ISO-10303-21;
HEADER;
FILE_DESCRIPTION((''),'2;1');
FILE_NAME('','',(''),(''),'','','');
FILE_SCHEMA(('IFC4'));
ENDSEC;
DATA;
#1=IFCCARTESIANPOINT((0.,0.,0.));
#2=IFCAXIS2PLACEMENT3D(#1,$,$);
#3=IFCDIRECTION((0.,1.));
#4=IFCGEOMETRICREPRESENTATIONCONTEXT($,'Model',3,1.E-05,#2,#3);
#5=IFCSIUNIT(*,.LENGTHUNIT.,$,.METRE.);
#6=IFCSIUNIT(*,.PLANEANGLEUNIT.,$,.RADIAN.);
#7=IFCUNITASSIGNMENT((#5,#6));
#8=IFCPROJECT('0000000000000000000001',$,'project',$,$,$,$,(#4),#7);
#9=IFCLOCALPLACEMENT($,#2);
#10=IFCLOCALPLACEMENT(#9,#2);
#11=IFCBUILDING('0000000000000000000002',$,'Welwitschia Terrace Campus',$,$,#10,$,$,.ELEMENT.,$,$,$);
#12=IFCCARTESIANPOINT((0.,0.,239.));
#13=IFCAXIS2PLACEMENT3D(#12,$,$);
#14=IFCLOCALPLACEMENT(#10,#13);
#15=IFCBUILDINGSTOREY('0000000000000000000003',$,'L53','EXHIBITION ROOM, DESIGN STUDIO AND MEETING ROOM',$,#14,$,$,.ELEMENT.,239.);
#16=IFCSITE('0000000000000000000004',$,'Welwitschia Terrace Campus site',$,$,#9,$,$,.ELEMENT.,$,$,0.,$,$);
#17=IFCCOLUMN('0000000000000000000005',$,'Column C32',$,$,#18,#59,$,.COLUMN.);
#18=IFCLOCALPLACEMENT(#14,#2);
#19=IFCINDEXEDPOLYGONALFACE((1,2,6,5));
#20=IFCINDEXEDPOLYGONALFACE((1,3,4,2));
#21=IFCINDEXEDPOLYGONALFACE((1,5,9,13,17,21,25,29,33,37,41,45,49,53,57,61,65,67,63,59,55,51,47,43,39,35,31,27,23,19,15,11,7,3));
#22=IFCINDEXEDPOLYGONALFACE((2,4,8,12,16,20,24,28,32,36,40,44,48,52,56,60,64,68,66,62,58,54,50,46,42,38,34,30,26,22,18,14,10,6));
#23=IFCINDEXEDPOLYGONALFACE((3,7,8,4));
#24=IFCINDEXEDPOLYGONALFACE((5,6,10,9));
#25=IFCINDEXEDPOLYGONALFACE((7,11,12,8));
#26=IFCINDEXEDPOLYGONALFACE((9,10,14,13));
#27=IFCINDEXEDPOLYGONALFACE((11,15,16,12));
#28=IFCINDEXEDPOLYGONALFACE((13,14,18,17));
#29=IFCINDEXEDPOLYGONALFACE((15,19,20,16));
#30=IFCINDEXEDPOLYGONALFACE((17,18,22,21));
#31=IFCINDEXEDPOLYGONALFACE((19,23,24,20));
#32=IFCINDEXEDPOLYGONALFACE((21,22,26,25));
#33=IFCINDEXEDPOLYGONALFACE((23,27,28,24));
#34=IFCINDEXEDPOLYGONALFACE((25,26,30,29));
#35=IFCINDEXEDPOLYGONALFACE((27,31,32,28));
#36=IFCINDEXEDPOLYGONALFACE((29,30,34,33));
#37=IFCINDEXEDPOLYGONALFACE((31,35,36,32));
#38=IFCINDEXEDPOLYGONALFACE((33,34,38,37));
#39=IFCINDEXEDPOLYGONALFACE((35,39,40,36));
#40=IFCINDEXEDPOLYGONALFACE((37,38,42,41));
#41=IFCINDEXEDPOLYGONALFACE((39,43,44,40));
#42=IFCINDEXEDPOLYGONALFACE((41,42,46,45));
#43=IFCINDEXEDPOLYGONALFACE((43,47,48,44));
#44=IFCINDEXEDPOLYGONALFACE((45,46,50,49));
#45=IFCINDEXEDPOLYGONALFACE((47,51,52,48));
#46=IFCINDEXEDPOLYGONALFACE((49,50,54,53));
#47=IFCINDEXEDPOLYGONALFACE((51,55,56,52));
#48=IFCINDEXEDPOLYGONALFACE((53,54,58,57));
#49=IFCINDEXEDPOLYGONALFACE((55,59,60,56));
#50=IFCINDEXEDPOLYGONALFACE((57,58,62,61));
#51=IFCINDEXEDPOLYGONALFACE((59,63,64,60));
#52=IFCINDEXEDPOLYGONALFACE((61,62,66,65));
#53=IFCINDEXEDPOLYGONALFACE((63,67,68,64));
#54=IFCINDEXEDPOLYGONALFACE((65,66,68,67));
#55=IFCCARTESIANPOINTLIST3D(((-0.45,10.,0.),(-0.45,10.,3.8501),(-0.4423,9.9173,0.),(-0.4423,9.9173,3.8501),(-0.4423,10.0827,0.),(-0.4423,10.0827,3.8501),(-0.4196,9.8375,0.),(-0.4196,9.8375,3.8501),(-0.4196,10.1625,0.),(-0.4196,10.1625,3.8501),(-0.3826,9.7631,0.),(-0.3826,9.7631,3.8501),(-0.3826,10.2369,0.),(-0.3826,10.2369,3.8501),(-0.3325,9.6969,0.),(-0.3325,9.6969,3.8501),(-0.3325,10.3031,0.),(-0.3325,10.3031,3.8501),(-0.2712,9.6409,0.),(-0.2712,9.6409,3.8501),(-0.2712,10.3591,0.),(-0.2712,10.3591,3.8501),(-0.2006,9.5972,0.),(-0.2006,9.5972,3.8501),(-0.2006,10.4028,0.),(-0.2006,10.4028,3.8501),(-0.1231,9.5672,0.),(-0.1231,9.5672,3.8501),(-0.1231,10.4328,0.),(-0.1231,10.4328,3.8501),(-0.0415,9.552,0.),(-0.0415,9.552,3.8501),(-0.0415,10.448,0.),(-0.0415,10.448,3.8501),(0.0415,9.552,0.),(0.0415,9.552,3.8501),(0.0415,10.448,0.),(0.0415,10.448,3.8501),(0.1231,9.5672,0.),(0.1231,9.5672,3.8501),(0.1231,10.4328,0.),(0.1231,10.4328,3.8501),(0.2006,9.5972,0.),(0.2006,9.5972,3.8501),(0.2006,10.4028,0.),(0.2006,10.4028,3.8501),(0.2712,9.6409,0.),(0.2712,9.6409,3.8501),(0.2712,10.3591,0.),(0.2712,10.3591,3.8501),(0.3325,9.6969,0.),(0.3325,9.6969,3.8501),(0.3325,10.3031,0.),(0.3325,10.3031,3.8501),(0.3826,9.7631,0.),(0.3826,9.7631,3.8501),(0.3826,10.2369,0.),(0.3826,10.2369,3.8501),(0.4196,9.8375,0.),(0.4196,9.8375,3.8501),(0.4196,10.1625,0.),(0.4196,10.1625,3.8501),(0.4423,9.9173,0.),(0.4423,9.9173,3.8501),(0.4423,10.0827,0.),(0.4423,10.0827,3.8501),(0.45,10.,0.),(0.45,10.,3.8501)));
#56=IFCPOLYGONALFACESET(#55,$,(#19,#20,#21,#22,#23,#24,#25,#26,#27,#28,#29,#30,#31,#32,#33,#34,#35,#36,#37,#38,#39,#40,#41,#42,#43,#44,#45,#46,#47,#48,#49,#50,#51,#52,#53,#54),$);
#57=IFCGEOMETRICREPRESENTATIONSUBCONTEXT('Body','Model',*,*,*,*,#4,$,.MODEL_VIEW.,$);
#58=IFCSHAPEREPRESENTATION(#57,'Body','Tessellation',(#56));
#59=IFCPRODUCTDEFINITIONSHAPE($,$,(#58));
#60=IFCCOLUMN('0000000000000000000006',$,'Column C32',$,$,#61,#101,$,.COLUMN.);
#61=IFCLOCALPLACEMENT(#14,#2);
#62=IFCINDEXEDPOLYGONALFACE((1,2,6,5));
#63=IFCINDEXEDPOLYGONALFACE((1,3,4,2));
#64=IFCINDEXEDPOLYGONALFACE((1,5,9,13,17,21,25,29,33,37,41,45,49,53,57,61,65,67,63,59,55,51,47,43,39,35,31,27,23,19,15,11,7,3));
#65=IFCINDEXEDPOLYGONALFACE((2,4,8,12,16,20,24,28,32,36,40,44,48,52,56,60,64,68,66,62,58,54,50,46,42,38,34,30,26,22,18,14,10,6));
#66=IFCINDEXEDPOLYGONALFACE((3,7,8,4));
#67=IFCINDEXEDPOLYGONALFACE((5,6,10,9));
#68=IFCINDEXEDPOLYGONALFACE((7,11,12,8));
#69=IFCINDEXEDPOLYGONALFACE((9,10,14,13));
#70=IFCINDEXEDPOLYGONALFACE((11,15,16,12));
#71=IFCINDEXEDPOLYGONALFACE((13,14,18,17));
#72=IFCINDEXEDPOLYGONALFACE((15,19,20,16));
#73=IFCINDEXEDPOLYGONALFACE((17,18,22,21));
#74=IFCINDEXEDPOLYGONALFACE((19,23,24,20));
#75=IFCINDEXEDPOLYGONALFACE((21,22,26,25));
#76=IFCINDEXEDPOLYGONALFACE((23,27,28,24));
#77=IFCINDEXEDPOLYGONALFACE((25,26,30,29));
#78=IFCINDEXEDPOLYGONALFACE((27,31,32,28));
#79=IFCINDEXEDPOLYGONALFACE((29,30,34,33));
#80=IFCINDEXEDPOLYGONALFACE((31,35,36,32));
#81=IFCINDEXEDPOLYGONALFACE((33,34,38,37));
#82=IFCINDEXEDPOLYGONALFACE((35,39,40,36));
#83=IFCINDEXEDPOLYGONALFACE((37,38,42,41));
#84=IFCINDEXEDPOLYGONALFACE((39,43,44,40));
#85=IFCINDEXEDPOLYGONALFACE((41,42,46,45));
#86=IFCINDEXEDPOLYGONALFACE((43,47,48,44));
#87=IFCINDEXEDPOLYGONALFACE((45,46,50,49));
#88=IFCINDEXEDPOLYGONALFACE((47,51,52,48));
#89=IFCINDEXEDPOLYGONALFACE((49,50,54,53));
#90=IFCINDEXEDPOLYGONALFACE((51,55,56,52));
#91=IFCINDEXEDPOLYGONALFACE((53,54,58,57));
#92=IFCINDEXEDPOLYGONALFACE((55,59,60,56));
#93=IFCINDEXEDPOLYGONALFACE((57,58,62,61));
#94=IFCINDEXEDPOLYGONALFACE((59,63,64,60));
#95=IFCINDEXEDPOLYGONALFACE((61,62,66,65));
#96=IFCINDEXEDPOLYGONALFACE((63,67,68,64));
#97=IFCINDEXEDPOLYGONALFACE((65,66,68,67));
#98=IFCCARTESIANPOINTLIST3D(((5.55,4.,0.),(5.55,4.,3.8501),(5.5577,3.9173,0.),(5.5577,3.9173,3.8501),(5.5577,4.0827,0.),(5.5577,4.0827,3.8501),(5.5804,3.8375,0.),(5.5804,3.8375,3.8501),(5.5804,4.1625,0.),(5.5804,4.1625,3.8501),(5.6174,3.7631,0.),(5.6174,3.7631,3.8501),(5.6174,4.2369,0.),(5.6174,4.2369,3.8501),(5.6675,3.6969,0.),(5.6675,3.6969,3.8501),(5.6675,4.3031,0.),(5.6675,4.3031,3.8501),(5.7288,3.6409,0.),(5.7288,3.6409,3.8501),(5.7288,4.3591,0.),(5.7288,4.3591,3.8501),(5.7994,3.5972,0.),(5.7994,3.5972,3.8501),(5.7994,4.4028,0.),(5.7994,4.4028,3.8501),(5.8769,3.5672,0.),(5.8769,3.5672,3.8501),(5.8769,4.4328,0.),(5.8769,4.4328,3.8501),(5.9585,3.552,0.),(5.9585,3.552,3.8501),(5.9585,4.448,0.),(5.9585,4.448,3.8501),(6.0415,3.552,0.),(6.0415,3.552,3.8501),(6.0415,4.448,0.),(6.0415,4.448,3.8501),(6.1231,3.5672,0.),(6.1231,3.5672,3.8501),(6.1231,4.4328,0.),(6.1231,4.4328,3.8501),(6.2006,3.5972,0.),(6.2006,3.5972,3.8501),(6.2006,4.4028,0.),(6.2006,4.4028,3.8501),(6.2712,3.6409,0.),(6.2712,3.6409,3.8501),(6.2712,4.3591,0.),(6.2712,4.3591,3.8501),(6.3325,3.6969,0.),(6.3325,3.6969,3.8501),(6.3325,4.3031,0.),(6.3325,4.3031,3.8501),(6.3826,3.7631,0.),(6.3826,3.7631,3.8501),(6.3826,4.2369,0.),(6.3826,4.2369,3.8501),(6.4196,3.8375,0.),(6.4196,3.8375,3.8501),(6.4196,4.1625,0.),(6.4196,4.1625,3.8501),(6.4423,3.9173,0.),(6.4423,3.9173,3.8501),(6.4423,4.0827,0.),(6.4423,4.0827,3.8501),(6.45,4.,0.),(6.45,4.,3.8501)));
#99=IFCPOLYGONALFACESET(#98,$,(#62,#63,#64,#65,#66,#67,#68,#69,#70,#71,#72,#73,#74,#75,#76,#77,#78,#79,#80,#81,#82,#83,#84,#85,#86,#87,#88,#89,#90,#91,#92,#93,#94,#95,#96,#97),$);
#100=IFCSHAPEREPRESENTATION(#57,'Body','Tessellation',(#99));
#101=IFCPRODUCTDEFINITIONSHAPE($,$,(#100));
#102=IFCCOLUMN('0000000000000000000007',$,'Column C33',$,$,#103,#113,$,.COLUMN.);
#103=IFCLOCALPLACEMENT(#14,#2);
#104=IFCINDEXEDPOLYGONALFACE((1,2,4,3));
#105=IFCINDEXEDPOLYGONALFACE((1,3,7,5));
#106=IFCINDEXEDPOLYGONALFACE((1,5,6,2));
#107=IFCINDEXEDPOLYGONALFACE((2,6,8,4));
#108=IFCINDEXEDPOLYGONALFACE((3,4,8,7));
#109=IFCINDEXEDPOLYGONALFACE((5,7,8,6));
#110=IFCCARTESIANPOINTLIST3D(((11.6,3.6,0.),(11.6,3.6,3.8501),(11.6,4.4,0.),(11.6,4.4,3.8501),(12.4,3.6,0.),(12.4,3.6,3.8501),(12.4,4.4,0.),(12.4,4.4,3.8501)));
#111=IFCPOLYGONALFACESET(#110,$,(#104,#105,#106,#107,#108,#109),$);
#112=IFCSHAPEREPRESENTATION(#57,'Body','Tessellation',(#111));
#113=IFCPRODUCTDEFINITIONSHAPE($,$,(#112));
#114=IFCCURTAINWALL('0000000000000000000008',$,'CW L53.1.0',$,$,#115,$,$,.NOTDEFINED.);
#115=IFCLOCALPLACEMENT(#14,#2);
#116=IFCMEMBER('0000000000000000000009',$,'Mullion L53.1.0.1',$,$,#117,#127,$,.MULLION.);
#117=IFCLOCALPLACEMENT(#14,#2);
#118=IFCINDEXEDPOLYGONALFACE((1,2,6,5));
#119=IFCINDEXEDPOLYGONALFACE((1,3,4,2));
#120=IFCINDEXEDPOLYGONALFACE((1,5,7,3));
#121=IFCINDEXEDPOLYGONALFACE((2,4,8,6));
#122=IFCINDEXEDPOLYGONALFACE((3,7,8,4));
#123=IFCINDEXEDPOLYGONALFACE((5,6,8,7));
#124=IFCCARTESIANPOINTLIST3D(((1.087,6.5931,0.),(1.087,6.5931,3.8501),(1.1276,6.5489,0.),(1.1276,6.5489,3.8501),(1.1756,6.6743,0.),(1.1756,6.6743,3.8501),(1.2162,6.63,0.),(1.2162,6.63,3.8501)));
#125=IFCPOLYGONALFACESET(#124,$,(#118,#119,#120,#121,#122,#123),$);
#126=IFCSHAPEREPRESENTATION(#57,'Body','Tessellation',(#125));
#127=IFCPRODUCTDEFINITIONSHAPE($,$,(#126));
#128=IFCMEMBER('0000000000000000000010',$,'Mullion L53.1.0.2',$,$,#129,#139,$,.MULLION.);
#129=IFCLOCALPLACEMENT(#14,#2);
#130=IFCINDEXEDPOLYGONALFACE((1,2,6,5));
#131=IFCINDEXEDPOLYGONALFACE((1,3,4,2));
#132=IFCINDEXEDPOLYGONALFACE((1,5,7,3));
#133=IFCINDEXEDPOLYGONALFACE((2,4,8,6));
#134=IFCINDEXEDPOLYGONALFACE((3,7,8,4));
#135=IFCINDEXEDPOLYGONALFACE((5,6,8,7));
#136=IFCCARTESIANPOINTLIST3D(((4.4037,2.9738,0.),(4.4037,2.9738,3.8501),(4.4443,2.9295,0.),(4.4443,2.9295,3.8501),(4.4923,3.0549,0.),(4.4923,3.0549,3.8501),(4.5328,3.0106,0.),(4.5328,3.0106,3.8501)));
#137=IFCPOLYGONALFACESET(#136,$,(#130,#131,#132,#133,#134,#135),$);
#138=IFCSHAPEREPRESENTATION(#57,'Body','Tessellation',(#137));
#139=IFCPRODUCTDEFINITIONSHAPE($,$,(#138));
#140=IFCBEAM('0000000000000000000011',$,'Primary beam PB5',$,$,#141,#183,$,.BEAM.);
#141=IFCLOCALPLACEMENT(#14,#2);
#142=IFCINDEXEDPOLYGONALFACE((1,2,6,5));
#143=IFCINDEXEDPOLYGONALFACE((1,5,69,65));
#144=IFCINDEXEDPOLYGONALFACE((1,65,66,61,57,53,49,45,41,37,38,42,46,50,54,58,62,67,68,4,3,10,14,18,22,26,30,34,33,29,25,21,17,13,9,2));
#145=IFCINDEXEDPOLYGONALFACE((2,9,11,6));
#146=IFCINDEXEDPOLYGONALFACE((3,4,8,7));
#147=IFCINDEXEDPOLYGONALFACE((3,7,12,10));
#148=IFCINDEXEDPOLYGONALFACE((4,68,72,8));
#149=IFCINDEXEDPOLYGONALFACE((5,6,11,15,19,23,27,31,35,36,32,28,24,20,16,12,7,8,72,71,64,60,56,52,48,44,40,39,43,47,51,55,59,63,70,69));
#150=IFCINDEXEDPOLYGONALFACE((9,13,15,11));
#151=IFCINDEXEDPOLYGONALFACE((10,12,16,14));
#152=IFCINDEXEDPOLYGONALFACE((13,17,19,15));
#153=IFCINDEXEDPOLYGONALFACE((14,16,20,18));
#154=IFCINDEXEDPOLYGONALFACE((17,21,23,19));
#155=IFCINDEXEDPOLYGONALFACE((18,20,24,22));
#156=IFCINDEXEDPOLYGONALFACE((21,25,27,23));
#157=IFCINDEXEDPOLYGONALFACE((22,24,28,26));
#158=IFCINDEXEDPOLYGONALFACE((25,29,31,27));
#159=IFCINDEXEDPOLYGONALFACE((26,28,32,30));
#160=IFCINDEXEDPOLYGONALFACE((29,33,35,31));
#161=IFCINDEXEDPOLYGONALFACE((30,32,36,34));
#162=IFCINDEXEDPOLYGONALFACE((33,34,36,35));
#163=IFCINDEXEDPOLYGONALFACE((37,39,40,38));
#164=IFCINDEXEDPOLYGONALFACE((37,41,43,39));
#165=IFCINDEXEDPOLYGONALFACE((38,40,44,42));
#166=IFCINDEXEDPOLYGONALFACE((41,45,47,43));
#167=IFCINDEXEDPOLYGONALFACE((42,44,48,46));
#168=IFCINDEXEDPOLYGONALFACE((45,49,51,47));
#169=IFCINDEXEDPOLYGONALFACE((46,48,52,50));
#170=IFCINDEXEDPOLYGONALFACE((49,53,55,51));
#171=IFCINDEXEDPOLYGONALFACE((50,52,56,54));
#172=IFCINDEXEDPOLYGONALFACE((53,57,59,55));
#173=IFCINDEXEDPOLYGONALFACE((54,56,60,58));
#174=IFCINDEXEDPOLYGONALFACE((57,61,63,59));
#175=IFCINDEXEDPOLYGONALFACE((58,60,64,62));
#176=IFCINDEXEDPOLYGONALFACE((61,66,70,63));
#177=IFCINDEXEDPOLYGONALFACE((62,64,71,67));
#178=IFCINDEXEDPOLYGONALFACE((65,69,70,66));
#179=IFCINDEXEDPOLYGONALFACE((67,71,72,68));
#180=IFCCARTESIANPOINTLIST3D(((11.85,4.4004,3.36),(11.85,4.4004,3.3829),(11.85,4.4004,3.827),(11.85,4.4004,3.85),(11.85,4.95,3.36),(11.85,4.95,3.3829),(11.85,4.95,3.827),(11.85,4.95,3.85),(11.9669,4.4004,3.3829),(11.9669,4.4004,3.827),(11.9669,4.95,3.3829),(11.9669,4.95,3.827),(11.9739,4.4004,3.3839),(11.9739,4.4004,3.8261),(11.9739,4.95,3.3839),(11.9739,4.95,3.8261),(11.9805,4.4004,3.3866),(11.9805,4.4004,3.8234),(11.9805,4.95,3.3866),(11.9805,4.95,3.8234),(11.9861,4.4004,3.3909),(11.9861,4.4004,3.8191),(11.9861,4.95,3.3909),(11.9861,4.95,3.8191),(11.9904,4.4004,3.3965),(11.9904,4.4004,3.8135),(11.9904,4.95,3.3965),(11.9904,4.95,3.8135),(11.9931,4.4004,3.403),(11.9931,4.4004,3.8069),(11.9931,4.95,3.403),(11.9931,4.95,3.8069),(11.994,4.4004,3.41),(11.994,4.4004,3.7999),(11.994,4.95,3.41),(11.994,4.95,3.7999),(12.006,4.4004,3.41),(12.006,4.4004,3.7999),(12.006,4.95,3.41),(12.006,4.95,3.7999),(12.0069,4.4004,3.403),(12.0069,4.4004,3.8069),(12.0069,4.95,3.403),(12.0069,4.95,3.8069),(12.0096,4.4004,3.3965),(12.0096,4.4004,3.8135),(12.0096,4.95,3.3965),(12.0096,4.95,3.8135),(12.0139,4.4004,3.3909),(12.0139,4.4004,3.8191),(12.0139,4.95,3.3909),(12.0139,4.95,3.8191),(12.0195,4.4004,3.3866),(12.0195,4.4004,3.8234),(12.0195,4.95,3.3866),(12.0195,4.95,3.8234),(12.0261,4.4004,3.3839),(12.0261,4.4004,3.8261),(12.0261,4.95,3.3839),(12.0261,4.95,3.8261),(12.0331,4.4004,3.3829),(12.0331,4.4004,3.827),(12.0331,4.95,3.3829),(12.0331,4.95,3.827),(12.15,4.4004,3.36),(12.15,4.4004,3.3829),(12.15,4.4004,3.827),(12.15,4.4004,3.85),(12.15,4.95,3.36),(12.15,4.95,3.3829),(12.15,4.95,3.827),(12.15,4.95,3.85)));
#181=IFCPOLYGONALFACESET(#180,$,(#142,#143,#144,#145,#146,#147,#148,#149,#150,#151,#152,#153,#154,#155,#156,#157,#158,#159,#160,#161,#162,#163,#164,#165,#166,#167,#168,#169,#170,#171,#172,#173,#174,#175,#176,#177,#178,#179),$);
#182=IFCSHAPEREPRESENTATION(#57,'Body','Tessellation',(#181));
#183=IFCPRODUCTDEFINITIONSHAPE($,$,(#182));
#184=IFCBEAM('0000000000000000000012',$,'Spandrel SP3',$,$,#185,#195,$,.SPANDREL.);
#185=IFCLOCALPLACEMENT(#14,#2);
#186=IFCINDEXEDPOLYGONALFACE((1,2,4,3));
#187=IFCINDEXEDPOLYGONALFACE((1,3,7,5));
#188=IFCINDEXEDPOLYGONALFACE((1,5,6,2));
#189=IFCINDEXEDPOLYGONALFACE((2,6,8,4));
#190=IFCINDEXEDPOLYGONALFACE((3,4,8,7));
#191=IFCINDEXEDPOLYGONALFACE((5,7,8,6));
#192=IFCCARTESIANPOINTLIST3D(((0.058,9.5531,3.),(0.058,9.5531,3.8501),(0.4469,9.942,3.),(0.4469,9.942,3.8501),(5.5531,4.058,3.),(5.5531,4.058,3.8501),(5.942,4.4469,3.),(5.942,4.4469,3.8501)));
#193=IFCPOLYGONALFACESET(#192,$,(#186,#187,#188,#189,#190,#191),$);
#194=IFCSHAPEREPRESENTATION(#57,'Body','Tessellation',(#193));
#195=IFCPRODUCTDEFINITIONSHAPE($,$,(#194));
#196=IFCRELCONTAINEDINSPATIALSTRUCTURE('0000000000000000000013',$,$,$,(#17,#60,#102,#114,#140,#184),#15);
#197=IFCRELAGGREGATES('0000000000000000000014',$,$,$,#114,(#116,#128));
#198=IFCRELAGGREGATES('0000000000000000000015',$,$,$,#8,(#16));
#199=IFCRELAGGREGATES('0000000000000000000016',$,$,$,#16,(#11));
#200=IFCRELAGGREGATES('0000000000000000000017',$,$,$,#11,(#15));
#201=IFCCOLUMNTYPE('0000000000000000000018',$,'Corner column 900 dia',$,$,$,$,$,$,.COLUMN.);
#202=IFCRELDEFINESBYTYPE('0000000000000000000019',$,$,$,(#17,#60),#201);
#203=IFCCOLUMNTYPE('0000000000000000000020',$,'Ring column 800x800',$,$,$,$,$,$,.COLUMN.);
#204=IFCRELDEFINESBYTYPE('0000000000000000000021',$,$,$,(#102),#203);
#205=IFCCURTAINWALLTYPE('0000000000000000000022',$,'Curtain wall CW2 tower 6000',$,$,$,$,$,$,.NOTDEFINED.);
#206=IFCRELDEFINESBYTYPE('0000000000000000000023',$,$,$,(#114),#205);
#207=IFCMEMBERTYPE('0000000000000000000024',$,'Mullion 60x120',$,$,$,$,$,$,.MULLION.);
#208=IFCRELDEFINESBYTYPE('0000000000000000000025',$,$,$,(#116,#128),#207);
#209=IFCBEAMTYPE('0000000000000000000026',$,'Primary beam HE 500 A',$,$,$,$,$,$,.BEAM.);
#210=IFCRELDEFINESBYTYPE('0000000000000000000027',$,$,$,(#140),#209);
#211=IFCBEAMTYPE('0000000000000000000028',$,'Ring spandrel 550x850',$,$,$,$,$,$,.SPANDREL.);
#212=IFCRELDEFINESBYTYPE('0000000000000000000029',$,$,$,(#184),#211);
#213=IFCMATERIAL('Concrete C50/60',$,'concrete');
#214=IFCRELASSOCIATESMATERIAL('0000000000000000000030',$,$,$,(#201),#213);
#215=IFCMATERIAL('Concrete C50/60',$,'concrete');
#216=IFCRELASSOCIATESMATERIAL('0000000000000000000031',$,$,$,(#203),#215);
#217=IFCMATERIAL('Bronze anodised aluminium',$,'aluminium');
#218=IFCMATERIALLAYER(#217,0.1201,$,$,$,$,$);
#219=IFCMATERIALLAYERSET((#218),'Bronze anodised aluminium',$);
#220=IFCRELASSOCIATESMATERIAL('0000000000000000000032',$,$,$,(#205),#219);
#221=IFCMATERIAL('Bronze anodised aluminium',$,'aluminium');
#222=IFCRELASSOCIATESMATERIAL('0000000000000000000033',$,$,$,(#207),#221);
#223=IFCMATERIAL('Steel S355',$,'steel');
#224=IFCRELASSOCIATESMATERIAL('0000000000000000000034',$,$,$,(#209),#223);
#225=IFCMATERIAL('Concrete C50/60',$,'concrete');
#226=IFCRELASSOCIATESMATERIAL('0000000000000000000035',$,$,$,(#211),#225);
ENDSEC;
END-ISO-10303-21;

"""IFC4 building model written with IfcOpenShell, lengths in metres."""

from ifc_helpers import new_model, si_unit, direction, frame, origin, origin_2d, place, context, subcontext, project, spatial, rectangle, circle, i_section, extrude, material, layer, layer_set, material_profile, profile_set, type_object, element, aggregate, save


model = new_model("IFC4")

# Units and contexts
model_context = context("Model", 3, precision=1e-05, world=origin(), true_north=direction((0.0, 1.0)))
body_context = subcontext(model_context, "Body", "Model", "MODEL_VIEW")
ifc_project = project(units=[si_unit("LENGTHUNIT", "METRE"), si_unit("PLANEANGLEUNIT", "RADIAN")], contexts=[model_context])

# Site, building, storey
site_placement = place(None, origin())
site = spatial("IfcSite", under=ifc_project, at=site_placement, Name="Welwitschia Terrace Campus site", CompositionType="ELEMENT", RefElevation=0.0)
building_placement = place(site_placement, origin())
building = spatial("IfcBuilding", under=site, at=building_placement, Name="Welwitschia Terrace Campus", CompositionType="ELEMENT")
storey_placement = place(building_placement, frame((0.0, 0.0, 239.0)))
storey = spatial("IfcBuildingStorey", under=building, at=storey_placement, Name="L53", Description="EXHIBITION ROOM, DESIGN STUDIO AND MEETING ROOM", CompositionType="ELEMENT", Elevation=239.0)

# Columns
ifc_material_1 = material(Name="Concrete C50/60", Category="concrete")
ifc_material_profile_1 = material_profile(ifc_material_1, circle(Radius=0.45, at=origin_2d()))
ifc_profile_set_1 = profile_set([ifc_material_profile_1], Name="Concrete C50/60")
column_type_1 = type_object("IfcColumnType", Name="Corner column 900 dia", PredefinedType="COLUMN", material=ifc_profile_set_1)
for number, where, z_axis, x_axis, name in (
    (1, (0.0, 10.0, 0.0), (0.0, 0.0, 1.0), (1.0, 0.0, 0.0), "Column C32"),
    (2, (6.0, 4.0, 0.0), (0.0, 0.0, 1.0), (1.0, 0.0, 0.0), "Column C32"),
):
    element("IfcColumn", number, at=place(storey_placement, frame(where, z_axis=z_axis, x_axis=x_axis)), inside=storey, type_object=column_type_1, Name=name, PredefinedType="COLUMN", context=body_context, shape_type="SweptSolid", body=[
        extrude(circle(Radius=0.45, at=origin_2d()), origin(), (0.0, 0.0, 1.0), 3.8501),
    ])
ifc_material_2 = material(Name="Concrete C50/60", Category="concrete")
ifc_material_profile_2 = material_profile(ifc_material_2, rectangle(XDim=0.8, YDim=0.8, at=origin_2d()))
ifc_profile_set_2 = profile_set([ifc_material_profile_2], Name="Concrete C50/60")
column_type_2 = type_object("IfcColumnType", Name="Ring column 800x800", PredefinedType="COLUMN", material=ifc_profile_set_2)
column_placement = place(storey_placement, frame((12.0, 4.0, 0.0), z_axis=(0.0, 0.0, 1.0), x_axis=(1.0, 0.0, 0.0)))
element("IfcColumn", 3, at=column_placement, inside=storey, type_object=column_type_2, Name="Column C33", PredefinedType="COLUMN", context=body_context, shape_type="SweptSolid", body=[
    extrude(rectangle(XDim=0.8, YDim=0.8, at=origin_2d()), origin(), (0.0, 0.0, 1.0), 3.8501),
])

# Curtain wall, members
ifc_material_3 = material(Name="Bronze anodised aluminium", Category="aluminium")
ifc_layer_1 = layer(ifc_material_3, 0.1201)
ifc_layer_set_1 = layer_set([ifc_layer_1], Name="Bronze anodised aluminium")
curtain_wall_type = type_object("IfcCurtainWallType", Name="Curtain wall CW2 tower 6000", PredefinedType="NOTDEFINED", material=ifc_layer_set_1)
curtain_wall_placement = place(storey_placement, origin())
curtain_wall = element("IfcCurtainWall", 4, at=curtain_wall_placement, inside=storey, type_object=curtain_wall_type, Name="CW L53.1.0", PredefinedType="NOTDEFINED")
ifc_material_4 = material(Name="Bronze anodised aluminium", Category="aluminium")
ifc_material_profile_3 = material_profile(ifc_material_4, rectangle(XDim=0.1201, YDim=0.0601, at=origin_2d()))
ifc_profile_set_3 = profile_set([ifc_material_profile_3], Name="Bronze anodised aluminium")
member_type = type_object("IfcMemberType", Name="Mullion 60x120", PredefinedType="MULLION", material=ifc_profile_set_3)
member_1_placement = place(storey_placement, frame((1.1516, 6.6116, 0.0), z_axis=(0.0, 0.0, 1.0), x_axis=(0.737277, 0.67559, 0.0)))
member_1 = element("IfcMember", 5, at=member_1_placement, type_object=member_type, Name="Mullion L53.1.0.1", PredefinedType="MULLION", context=body_context, shape_type="SweptSolid", body=[
    extrude(rectangle(XDim=0.1201, YDim=0.0601, at=origin_2d()), origin(), (0.0, 0.0, 1.0), 3.8501),
])
member_2_placement = place(storey_placement, frame((4.4683, 2.9922, 0.0), z_axis=(0.0, 0.0, 1.0), x_axis=(0.737277, 0.67559, 0.0)))
member_2 = element("IfcMember", 6, at=member_2_placement, type_object=member_type, Name="Mullion L53.1.0.2", PredefinedType="MULLION", context=body_context, shape_type="SweptSolid", body=[
    extrude(rectangle(XDim=0.1201, YDim=0.0601, at=origin_2d()), origin(), (0.0, 0.0, 1.0), 3.8501),
])

# Beams
ifc_material_5 = material(Name="Steel S355", Category="steel")
ifc_material_profile_4 = material_profile(ifc_material_5, i_section(OverallWidth=0.3, OverallDepth=0.49, WebThickness=0.012, FlangeThickness=0.0229, FilletRadius=0.0271, at=origin_2d()))
ifc_profile_set_4 = profile_set([ifc_material_profile_4], Name="Steel S355")
beam_type_1 = type_object("IfcBeamType", Name="Primary beam HE 500 A", PredefinedType="BEAM", material=ifc_profile_set_4)
beam_1_placement = place(storey_placement, frame((12.0, 4.4004, 3.605), z_axis=(0.0, 1.0, 0.0), x_axis=(-1.0, 0.0, 0.0)))
element("IfcBeam", 7, at=beam_1_placement, inside=storey, type_object=beam_type_1, Name="Primary beam PB5", PredefinedType="BEAM", context=body_context, shape_type="SweptSolid", body=[
    extrude(i_section(OverallWidth=0.3, OverallDepth=0.49, WebThickness=0.012, FlangeThickness=0.0229, FilletRadius=0.0271, at=origin_2d()), origin(), (0.0, 0.0, 1.0), 0.5496),
])
ifc_material_6 = material(Name="Concrete C50/60", Category="concrete")
ifc_material_profile_5 = material_profile(ifc_material_6, rectangle(XDim=0.55, YDim=0.8501, at=origin_2d()))
ifc_profile_set_5 = profile_set([ifc_material_profile_5], Name="Concrete C50/60")
beam_type_2 = type_object("IfcBeamType", Name="Ring spandrel 550x850", PredefinedType="SPANDREL", material=ifc_profile_set_5)
beam_2_placement = place(storey_placement, frame((0.2524, 9.7476, 3.425), z_axis=(0.707107, -0.707107, 0.0), x_axis=(0.707107, 0.707107, 0.0)))
element("IfcBeam", 8, at=beam_2_placement, inside=storey, type_object=beam_type_2, Name="Spandrel SP3", PredefinedType="SPANDREL", context=body_context, shape_type="SweptSolid", body=[
    extrude(rectangle(XDim=0.55, YDim=0.8501, at=origin_2d()), origin(), (0.0, 0.0, 1.0), 7.7712),
])

aggregate(curtain_wall, [member_1, member_2])

save(model, "model.ifc")
